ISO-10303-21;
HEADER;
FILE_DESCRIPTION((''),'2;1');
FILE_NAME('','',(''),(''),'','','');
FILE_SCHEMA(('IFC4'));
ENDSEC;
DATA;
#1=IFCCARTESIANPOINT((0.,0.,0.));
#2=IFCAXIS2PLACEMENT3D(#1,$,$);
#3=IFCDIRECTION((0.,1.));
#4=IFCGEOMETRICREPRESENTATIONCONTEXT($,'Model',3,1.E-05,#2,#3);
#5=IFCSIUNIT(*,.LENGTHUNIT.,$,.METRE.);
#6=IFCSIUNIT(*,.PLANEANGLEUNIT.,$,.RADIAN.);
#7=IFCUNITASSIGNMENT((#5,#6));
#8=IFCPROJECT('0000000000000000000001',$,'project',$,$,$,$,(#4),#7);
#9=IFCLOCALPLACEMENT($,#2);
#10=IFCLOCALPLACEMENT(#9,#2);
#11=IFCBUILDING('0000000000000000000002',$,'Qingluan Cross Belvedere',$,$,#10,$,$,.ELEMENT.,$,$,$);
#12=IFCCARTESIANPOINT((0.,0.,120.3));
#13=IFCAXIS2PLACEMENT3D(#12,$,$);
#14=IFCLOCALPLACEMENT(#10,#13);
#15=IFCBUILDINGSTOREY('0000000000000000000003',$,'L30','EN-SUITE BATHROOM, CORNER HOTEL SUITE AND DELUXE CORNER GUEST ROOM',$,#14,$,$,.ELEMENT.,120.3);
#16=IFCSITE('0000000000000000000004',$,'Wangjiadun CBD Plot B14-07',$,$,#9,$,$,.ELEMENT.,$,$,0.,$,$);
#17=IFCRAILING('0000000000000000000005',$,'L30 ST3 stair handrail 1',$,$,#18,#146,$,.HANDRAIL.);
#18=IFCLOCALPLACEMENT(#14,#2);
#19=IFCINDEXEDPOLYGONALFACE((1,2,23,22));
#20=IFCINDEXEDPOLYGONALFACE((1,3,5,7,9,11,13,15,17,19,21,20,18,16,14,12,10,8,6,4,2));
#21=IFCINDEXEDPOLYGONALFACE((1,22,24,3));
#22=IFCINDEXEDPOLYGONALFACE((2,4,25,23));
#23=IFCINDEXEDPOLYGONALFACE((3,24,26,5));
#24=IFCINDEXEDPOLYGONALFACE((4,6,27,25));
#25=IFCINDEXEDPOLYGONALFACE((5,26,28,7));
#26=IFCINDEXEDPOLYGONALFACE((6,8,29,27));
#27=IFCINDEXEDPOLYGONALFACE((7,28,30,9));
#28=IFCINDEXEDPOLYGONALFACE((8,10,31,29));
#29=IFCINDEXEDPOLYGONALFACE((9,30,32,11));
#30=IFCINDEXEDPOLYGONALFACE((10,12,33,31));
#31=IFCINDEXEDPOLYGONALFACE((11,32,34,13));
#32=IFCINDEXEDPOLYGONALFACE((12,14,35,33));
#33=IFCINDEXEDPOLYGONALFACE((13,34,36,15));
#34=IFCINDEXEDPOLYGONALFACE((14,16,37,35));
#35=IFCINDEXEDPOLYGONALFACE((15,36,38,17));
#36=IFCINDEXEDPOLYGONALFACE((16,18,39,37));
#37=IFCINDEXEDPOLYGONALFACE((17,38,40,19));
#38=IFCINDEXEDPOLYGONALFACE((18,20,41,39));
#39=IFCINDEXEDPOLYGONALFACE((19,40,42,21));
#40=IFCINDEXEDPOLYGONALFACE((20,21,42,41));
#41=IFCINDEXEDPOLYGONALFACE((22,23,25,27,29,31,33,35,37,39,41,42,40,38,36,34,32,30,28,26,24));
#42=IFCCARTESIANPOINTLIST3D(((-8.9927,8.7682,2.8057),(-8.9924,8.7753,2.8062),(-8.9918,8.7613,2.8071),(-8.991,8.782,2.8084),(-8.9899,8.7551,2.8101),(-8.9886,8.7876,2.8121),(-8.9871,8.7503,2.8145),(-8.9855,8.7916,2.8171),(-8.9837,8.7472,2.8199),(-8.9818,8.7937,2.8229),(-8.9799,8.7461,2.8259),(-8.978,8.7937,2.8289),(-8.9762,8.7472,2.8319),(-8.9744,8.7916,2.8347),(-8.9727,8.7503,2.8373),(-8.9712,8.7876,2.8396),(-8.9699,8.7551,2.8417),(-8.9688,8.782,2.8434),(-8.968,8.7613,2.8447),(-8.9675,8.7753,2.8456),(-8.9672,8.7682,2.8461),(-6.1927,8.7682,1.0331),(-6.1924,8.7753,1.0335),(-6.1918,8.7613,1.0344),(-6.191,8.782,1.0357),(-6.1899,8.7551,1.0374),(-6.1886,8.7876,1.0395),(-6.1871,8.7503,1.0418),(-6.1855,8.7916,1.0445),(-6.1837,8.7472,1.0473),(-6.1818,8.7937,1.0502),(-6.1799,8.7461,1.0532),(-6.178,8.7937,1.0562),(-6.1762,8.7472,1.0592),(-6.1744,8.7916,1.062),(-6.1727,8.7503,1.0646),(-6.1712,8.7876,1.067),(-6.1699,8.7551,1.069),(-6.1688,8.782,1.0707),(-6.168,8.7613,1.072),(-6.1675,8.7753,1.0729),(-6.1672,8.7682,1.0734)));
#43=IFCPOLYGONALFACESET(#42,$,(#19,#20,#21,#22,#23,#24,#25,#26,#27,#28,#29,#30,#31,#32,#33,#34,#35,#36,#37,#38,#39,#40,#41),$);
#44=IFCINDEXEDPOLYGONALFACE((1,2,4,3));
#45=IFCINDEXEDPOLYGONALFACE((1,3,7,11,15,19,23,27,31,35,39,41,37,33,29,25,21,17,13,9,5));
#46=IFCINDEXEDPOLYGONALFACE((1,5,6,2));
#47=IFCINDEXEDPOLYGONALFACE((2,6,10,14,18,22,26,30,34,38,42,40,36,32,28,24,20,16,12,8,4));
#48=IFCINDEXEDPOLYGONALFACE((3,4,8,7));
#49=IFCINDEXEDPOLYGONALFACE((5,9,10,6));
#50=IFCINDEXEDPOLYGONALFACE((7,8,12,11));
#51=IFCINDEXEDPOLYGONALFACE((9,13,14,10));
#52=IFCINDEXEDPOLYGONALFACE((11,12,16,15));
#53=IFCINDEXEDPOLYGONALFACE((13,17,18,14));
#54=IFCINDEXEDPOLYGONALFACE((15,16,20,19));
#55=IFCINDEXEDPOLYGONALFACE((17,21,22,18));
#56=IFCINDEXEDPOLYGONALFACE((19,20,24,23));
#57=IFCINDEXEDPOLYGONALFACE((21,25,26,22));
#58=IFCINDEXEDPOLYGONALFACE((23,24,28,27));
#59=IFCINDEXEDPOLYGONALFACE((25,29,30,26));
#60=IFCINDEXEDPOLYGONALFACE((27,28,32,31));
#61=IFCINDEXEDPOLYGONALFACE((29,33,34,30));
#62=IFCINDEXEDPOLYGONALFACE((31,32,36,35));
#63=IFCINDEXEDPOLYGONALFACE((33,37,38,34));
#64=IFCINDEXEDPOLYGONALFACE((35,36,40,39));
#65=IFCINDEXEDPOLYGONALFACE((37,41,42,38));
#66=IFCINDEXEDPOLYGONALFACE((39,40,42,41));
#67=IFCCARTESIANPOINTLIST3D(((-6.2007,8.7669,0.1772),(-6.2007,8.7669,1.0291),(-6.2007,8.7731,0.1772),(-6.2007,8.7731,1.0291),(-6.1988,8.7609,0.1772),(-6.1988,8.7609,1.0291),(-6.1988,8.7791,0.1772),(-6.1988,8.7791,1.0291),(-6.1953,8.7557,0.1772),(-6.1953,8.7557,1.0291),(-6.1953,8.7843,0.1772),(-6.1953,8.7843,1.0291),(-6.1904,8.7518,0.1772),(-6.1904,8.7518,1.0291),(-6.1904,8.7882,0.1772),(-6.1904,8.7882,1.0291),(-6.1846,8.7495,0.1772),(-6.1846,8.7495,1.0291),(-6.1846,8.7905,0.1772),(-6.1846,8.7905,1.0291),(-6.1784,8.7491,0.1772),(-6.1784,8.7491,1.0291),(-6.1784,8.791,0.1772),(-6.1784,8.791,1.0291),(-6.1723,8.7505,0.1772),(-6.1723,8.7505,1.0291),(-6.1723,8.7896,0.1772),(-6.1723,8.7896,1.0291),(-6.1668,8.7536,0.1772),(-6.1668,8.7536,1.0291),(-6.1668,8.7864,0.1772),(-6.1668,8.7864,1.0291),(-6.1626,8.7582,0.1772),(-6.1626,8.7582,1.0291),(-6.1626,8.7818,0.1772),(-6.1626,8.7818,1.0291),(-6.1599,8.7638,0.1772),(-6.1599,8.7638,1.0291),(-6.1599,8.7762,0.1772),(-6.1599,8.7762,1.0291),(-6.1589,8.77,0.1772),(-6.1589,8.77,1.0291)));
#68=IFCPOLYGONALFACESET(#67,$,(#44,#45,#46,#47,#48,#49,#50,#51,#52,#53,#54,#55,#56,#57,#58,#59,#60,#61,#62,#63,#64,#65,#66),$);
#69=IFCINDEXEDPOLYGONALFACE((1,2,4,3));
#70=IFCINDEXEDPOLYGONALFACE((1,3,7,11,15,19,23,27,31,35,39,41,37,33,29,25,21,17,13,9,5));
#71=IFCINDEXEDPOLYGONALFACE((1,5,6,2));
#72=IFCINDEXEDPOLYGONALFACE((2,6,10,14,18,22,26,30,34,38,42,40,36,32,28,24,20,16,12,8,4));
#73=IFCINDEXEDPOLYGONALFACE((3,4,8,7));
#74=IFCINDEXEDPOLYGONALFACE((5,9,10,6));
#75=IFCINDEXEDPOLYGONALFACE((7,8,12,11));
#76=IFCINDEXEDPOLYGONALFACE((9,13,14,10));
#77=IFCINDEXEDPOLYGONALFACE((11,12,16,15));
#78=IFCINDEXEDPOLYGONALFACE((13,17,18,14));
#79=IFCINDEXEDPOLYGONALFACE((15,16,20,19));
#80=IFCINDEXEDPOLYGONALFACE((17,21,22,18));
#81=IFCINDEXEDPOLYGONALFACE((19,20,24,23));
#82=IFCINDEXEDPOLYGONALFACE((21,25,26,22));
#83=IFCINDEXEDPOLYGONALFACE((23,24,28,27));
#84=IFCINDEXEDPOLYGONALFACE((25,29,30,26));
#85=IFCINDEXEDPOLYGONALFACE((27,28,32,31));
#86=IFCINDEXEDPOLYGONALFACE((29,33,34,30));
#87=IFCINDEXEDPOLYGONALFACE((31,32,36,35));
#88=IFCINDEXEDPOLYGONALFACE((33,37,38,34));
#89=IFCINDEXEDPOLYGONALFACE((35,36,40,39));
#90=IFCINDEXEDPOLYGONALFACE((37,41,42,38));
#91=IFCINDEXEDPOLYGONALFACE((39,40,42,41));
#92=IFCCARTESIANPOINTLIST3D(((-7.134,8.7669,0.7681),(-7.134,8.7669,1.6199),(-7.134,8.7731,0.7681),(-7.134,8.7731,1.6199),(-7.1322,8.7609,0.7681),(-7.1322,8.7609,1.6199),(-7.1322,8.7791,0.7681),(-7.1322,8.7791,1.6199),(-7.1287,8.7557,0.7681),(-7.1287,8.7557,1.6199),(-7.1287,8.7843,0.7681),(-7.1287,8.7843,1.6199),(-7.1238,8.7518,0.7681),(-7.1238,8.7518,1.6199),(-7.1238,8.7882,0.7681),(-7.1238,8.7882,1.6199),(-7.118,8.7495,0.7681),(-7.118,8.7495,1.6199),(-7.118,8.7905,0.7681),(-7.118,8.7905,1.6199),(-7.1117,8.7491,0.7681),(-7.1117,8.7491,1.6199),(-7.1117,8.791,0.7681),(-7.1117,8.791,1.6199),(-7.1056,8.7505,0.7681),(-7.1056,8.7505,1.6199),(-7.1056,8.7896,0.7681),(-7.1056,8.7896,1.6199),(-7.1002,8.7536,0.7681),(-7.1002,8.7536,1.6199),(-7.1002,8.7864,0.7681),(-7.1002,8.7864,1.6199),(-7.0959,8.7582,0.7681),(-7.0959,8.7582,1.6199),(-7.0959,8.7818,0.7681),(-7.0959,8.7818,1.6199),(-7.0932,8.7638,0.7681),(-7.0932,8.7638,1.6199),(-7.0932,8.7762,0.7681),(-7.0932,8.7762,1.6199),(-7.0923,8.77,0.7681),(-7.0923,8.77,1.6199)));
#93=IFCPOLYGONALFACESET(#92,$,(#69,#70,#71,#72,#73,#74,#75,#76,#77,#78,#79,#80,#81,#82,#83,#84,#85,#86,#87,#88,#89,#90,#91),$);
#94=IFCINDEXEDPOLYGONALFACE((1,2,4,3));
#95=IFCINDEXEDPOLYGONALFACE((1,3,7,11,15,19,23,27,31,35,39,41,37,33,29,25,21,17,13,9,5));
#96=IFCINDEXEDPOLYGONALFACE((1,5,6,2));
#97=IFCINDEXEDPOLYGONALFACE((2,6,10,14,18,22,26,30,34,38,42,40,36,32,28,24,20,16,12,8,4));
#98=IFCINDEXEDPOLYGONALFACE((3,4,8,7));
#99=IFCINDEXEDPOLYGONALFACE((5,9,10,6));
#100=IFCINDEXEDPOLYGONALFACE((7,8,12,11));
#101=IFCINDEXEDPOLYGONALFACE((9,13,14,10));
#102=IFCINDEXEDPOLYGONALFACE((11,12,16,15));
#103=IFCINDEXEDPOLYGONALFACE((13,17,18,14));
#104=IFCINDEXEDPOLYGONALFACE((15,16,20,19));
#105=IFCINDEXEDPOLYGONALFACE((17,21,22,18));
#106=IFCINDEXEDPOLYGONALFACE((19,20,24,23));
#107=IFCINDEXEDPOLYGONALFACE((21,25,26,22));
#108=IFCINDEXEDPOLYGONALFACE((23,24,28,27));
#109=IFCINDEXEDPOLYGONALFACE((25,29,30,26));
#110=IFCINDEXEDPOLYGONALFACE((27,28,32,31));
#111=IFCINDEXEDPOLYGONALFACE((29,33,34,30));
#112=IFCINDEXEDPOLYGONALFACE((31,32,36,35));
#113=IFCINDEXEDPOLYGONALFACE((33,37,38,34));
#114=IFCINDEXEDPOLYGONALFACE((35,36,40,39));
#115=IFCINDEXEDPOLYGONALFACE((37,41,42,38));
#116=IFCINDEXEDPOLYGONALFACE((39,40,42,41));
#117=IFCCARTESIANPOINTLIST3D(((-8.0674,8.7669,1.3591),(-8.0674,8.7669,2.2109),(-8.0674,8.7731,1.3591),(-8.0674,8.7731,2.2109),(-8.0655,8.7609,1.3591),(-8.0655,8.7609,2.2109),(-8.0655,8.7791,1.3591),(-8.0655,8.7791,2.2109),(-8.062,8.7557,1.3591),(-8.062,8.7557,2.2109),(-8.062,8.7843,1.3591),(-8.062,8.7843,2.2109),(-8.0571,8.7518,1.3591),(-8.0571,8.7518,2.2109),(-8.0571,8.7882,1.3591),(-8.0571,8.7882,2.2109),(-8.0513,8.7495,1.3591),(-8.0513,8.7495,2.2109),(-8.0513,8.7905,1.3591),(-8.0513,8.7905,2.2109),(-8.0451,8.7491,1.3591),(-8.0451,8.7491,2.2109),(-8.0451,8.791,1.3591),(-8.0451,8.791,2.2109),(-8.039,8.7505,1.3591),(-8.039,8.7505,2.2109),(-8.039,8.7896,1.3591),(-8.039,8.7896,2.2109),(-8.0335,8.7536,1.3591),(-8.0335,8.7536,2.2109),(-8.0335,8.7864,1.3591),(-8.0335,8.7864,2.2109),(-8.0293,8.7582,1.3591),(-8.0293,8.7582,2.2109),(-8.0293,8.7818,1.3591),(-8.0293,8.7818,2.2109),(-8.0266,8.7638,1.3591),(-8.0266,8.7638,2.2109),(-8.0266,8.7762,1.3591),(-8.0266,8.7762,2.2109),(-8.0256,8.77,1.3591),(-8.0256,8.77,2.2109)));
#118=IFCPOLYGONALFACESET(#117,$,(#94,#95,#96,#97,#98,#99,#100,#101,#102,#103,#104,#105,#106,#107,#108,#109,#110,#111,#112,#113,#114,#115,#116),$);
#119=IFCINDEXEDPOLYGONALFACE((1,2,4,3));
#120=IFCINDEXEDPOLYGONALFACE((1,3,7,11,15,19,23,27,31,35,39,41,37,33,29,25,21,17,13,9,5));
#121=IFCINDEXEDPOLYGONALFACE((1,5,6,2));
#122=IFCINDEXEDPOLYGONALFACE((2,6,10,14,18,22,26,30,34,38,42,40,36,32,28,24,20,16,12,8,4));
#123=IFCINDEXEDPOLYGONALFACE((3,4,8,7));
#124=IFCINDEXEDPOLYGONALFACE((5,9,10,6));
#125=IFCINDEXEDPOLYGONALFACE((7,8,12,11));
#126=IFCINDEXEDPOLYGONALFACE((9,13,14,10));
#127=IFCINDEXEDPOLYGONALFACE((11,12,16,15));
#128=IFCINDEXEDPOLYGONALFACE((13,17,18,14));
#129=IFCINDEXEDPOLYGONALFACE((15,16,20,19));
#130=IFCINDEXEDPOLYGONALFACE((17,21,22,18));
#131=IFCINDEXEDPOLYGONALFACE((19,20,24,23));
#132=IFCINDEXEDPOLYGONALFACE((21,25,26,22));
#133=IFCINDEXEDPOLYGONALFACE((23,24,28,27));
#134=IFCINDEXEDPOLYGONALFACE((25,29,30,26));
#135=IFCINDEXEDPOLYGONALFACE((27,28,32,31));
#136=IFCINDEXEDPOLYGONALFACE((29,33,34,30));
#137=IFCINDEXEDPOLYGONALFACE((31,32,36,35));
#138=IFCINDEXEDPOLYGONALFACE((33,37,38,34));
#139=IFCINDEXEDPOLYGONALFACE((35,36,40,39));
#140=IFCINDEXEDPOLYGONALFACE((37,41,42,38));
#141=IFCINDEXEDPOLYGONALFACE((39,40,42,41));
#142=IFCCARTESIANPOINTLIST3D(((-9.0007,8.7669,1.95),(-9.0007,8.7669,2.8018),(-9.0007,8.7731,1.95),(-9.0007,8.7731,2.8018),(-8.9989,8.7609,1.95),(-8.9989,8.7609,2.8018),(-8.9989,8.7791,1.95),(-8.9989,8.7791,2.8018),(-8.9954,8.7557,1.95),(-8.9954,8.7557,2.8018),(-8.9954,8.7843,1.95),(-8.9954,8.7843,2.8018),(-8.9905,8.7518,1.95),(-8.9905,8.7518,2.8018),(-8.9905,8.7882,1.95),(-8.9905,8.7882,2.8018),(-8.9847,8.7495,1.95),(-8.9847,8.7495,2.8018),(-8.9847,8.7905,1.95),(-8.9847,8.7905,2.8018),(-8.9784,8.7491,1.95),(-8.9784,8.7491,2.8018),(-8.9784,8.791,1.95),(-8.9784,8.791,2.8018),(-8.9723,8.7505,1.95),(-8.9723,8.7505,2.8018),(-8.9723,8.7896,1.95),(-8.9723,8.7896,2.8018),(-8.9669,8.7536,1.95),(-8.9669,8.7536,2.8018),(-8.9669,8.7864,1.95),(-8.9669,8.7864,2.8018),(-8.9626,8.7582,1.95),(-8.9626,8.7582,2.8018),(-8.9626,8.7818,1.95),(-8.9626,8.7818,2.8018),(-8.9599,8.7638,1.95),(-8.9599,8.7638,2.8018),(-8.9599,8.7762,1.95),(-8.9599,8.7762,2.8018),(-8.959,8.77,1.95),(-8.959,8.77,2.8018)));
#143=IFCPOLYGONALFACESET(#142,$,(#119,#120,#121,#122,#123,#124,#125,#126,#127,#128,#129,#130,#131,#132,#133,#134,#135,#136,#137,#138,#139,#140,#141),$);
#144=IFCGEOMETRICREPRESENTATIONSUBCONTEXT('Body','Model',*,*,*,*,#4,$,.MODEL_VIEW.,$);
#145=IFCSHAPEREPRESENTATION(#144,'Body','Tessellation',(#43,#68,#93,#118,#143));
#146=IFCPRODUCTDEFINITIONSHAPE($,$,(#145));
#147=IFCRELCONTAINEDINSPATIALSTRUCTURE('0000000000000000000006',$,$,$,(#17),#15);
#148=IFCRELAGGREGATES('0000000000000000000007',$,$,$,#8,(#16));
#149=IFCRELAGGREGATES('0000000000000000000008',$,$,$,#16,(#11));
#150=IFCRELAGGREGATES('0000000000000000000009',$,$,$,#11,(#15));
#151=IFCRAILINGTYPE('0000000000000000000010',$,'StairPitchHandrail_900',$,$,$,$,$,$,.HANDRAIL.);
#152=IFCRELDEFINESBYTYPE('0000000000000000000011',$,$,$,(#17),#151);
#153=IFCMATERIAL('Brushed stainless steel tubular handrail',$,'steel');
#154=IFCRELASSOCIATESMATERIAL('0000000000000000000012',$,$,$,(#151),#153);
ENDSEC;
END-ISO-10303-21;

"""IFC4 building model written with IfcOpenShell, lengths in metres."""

from ifc_helpers import new_model, si_unit, direction, frame, origin, origin_2d, place, context, subcontext, project, spatial, circle, extrude, material, type_object, element, save


model = new_model("IFC4")

# Units and contexts
model_context = context("Model", 3, precision=1e-05, world=origin(), true_north=direction((0.0, 1.0)))
body_context = subcontext(model_context, "Body", "Model", "MODEL_VIEW")
ifc_project = project(units=[si_unit("LENGTHUNIT", "METRE"), si_unit("PLANEANGLEUNIT", "RADIAN")], contexts=[model_context])

# Site, building, storey
site_placement = place(None, origin())
site = spatial("IfcSite", under=ifc_project, at=site_placement, Name="Wangjiadun CBD Plot B14-07", CompositionType="ELEMENT", RefElevation=0.0)
building_placement = place(site_placement, origin())
building = spatial("IfcBuilding", under=site, at=building_placement, Name="Qingluan Cross Belvedere", CompositionType="ELEMENT")
storey_placement = place(building_placement, frame((0.0, 0.0, 120.3)))
storey = spatial("IfcBuildingStorey", under=building, at=storey_placement, Name="L30", Description="EN-SUITE BATHROOM, CORNER HOTEL SUITE AND DELUXE CORNER GUEST ROOM", CompositionType="ELEMENT", Elevation=120.3)

# Railing
ifc_material_1 = material(Name="Brushed stainless steel tubular handrail", Category="steel")
railing_type = type_object("IfcRailingType", Name="StairPitchHandrail_900", PredefinedType="HANDRAIL", material=ifc_material_1)
railing_placement = place(storey_placement, frame((-6.1799, 8.77, 0.1772)))
element("IfcRailing", 1, at=railing_placement, inside=storey, type_object=railing_type, Name="L30 ST3 stair handrail 1", PredefinedType="HANDRAIL", context=body_context, shape_type="SweptSolid", body=[
    extrude(circle(Radius=0.0239, at=origin_2d()), frame((0.0, 0.0, 0.876), z_axis=(-0.844909, 0.0, 0.53491), x_axis=(0.0, -1.0, 0.0)), (0.0, 0.0, 1.0), 3.314),
    extrude(circle(Radius=0.021, at=origin_2d()), origin(), (0.0, 0.0, 1.0), 0.8518),
    extrude(circle(Radius=0.021, at=origin_2d()), frame((-0.9333, 0.0, 0.5908)), (0.0, 0.0, 1.0), 0.8518),
    extrude(circle(Radius=0.021, at=origin_2d()), frame((-1.8667, 0.0, 1.1819)), (0.0, 0.0, 1.0), 0.8518),
    extrude(circle(Radius=0.021, at=origin_2d()), frame((-2.8, 0.0, 1.7727)), (0.0, 0.0, 1.0), 0.8518),
])

save(model, "model.ifc")
